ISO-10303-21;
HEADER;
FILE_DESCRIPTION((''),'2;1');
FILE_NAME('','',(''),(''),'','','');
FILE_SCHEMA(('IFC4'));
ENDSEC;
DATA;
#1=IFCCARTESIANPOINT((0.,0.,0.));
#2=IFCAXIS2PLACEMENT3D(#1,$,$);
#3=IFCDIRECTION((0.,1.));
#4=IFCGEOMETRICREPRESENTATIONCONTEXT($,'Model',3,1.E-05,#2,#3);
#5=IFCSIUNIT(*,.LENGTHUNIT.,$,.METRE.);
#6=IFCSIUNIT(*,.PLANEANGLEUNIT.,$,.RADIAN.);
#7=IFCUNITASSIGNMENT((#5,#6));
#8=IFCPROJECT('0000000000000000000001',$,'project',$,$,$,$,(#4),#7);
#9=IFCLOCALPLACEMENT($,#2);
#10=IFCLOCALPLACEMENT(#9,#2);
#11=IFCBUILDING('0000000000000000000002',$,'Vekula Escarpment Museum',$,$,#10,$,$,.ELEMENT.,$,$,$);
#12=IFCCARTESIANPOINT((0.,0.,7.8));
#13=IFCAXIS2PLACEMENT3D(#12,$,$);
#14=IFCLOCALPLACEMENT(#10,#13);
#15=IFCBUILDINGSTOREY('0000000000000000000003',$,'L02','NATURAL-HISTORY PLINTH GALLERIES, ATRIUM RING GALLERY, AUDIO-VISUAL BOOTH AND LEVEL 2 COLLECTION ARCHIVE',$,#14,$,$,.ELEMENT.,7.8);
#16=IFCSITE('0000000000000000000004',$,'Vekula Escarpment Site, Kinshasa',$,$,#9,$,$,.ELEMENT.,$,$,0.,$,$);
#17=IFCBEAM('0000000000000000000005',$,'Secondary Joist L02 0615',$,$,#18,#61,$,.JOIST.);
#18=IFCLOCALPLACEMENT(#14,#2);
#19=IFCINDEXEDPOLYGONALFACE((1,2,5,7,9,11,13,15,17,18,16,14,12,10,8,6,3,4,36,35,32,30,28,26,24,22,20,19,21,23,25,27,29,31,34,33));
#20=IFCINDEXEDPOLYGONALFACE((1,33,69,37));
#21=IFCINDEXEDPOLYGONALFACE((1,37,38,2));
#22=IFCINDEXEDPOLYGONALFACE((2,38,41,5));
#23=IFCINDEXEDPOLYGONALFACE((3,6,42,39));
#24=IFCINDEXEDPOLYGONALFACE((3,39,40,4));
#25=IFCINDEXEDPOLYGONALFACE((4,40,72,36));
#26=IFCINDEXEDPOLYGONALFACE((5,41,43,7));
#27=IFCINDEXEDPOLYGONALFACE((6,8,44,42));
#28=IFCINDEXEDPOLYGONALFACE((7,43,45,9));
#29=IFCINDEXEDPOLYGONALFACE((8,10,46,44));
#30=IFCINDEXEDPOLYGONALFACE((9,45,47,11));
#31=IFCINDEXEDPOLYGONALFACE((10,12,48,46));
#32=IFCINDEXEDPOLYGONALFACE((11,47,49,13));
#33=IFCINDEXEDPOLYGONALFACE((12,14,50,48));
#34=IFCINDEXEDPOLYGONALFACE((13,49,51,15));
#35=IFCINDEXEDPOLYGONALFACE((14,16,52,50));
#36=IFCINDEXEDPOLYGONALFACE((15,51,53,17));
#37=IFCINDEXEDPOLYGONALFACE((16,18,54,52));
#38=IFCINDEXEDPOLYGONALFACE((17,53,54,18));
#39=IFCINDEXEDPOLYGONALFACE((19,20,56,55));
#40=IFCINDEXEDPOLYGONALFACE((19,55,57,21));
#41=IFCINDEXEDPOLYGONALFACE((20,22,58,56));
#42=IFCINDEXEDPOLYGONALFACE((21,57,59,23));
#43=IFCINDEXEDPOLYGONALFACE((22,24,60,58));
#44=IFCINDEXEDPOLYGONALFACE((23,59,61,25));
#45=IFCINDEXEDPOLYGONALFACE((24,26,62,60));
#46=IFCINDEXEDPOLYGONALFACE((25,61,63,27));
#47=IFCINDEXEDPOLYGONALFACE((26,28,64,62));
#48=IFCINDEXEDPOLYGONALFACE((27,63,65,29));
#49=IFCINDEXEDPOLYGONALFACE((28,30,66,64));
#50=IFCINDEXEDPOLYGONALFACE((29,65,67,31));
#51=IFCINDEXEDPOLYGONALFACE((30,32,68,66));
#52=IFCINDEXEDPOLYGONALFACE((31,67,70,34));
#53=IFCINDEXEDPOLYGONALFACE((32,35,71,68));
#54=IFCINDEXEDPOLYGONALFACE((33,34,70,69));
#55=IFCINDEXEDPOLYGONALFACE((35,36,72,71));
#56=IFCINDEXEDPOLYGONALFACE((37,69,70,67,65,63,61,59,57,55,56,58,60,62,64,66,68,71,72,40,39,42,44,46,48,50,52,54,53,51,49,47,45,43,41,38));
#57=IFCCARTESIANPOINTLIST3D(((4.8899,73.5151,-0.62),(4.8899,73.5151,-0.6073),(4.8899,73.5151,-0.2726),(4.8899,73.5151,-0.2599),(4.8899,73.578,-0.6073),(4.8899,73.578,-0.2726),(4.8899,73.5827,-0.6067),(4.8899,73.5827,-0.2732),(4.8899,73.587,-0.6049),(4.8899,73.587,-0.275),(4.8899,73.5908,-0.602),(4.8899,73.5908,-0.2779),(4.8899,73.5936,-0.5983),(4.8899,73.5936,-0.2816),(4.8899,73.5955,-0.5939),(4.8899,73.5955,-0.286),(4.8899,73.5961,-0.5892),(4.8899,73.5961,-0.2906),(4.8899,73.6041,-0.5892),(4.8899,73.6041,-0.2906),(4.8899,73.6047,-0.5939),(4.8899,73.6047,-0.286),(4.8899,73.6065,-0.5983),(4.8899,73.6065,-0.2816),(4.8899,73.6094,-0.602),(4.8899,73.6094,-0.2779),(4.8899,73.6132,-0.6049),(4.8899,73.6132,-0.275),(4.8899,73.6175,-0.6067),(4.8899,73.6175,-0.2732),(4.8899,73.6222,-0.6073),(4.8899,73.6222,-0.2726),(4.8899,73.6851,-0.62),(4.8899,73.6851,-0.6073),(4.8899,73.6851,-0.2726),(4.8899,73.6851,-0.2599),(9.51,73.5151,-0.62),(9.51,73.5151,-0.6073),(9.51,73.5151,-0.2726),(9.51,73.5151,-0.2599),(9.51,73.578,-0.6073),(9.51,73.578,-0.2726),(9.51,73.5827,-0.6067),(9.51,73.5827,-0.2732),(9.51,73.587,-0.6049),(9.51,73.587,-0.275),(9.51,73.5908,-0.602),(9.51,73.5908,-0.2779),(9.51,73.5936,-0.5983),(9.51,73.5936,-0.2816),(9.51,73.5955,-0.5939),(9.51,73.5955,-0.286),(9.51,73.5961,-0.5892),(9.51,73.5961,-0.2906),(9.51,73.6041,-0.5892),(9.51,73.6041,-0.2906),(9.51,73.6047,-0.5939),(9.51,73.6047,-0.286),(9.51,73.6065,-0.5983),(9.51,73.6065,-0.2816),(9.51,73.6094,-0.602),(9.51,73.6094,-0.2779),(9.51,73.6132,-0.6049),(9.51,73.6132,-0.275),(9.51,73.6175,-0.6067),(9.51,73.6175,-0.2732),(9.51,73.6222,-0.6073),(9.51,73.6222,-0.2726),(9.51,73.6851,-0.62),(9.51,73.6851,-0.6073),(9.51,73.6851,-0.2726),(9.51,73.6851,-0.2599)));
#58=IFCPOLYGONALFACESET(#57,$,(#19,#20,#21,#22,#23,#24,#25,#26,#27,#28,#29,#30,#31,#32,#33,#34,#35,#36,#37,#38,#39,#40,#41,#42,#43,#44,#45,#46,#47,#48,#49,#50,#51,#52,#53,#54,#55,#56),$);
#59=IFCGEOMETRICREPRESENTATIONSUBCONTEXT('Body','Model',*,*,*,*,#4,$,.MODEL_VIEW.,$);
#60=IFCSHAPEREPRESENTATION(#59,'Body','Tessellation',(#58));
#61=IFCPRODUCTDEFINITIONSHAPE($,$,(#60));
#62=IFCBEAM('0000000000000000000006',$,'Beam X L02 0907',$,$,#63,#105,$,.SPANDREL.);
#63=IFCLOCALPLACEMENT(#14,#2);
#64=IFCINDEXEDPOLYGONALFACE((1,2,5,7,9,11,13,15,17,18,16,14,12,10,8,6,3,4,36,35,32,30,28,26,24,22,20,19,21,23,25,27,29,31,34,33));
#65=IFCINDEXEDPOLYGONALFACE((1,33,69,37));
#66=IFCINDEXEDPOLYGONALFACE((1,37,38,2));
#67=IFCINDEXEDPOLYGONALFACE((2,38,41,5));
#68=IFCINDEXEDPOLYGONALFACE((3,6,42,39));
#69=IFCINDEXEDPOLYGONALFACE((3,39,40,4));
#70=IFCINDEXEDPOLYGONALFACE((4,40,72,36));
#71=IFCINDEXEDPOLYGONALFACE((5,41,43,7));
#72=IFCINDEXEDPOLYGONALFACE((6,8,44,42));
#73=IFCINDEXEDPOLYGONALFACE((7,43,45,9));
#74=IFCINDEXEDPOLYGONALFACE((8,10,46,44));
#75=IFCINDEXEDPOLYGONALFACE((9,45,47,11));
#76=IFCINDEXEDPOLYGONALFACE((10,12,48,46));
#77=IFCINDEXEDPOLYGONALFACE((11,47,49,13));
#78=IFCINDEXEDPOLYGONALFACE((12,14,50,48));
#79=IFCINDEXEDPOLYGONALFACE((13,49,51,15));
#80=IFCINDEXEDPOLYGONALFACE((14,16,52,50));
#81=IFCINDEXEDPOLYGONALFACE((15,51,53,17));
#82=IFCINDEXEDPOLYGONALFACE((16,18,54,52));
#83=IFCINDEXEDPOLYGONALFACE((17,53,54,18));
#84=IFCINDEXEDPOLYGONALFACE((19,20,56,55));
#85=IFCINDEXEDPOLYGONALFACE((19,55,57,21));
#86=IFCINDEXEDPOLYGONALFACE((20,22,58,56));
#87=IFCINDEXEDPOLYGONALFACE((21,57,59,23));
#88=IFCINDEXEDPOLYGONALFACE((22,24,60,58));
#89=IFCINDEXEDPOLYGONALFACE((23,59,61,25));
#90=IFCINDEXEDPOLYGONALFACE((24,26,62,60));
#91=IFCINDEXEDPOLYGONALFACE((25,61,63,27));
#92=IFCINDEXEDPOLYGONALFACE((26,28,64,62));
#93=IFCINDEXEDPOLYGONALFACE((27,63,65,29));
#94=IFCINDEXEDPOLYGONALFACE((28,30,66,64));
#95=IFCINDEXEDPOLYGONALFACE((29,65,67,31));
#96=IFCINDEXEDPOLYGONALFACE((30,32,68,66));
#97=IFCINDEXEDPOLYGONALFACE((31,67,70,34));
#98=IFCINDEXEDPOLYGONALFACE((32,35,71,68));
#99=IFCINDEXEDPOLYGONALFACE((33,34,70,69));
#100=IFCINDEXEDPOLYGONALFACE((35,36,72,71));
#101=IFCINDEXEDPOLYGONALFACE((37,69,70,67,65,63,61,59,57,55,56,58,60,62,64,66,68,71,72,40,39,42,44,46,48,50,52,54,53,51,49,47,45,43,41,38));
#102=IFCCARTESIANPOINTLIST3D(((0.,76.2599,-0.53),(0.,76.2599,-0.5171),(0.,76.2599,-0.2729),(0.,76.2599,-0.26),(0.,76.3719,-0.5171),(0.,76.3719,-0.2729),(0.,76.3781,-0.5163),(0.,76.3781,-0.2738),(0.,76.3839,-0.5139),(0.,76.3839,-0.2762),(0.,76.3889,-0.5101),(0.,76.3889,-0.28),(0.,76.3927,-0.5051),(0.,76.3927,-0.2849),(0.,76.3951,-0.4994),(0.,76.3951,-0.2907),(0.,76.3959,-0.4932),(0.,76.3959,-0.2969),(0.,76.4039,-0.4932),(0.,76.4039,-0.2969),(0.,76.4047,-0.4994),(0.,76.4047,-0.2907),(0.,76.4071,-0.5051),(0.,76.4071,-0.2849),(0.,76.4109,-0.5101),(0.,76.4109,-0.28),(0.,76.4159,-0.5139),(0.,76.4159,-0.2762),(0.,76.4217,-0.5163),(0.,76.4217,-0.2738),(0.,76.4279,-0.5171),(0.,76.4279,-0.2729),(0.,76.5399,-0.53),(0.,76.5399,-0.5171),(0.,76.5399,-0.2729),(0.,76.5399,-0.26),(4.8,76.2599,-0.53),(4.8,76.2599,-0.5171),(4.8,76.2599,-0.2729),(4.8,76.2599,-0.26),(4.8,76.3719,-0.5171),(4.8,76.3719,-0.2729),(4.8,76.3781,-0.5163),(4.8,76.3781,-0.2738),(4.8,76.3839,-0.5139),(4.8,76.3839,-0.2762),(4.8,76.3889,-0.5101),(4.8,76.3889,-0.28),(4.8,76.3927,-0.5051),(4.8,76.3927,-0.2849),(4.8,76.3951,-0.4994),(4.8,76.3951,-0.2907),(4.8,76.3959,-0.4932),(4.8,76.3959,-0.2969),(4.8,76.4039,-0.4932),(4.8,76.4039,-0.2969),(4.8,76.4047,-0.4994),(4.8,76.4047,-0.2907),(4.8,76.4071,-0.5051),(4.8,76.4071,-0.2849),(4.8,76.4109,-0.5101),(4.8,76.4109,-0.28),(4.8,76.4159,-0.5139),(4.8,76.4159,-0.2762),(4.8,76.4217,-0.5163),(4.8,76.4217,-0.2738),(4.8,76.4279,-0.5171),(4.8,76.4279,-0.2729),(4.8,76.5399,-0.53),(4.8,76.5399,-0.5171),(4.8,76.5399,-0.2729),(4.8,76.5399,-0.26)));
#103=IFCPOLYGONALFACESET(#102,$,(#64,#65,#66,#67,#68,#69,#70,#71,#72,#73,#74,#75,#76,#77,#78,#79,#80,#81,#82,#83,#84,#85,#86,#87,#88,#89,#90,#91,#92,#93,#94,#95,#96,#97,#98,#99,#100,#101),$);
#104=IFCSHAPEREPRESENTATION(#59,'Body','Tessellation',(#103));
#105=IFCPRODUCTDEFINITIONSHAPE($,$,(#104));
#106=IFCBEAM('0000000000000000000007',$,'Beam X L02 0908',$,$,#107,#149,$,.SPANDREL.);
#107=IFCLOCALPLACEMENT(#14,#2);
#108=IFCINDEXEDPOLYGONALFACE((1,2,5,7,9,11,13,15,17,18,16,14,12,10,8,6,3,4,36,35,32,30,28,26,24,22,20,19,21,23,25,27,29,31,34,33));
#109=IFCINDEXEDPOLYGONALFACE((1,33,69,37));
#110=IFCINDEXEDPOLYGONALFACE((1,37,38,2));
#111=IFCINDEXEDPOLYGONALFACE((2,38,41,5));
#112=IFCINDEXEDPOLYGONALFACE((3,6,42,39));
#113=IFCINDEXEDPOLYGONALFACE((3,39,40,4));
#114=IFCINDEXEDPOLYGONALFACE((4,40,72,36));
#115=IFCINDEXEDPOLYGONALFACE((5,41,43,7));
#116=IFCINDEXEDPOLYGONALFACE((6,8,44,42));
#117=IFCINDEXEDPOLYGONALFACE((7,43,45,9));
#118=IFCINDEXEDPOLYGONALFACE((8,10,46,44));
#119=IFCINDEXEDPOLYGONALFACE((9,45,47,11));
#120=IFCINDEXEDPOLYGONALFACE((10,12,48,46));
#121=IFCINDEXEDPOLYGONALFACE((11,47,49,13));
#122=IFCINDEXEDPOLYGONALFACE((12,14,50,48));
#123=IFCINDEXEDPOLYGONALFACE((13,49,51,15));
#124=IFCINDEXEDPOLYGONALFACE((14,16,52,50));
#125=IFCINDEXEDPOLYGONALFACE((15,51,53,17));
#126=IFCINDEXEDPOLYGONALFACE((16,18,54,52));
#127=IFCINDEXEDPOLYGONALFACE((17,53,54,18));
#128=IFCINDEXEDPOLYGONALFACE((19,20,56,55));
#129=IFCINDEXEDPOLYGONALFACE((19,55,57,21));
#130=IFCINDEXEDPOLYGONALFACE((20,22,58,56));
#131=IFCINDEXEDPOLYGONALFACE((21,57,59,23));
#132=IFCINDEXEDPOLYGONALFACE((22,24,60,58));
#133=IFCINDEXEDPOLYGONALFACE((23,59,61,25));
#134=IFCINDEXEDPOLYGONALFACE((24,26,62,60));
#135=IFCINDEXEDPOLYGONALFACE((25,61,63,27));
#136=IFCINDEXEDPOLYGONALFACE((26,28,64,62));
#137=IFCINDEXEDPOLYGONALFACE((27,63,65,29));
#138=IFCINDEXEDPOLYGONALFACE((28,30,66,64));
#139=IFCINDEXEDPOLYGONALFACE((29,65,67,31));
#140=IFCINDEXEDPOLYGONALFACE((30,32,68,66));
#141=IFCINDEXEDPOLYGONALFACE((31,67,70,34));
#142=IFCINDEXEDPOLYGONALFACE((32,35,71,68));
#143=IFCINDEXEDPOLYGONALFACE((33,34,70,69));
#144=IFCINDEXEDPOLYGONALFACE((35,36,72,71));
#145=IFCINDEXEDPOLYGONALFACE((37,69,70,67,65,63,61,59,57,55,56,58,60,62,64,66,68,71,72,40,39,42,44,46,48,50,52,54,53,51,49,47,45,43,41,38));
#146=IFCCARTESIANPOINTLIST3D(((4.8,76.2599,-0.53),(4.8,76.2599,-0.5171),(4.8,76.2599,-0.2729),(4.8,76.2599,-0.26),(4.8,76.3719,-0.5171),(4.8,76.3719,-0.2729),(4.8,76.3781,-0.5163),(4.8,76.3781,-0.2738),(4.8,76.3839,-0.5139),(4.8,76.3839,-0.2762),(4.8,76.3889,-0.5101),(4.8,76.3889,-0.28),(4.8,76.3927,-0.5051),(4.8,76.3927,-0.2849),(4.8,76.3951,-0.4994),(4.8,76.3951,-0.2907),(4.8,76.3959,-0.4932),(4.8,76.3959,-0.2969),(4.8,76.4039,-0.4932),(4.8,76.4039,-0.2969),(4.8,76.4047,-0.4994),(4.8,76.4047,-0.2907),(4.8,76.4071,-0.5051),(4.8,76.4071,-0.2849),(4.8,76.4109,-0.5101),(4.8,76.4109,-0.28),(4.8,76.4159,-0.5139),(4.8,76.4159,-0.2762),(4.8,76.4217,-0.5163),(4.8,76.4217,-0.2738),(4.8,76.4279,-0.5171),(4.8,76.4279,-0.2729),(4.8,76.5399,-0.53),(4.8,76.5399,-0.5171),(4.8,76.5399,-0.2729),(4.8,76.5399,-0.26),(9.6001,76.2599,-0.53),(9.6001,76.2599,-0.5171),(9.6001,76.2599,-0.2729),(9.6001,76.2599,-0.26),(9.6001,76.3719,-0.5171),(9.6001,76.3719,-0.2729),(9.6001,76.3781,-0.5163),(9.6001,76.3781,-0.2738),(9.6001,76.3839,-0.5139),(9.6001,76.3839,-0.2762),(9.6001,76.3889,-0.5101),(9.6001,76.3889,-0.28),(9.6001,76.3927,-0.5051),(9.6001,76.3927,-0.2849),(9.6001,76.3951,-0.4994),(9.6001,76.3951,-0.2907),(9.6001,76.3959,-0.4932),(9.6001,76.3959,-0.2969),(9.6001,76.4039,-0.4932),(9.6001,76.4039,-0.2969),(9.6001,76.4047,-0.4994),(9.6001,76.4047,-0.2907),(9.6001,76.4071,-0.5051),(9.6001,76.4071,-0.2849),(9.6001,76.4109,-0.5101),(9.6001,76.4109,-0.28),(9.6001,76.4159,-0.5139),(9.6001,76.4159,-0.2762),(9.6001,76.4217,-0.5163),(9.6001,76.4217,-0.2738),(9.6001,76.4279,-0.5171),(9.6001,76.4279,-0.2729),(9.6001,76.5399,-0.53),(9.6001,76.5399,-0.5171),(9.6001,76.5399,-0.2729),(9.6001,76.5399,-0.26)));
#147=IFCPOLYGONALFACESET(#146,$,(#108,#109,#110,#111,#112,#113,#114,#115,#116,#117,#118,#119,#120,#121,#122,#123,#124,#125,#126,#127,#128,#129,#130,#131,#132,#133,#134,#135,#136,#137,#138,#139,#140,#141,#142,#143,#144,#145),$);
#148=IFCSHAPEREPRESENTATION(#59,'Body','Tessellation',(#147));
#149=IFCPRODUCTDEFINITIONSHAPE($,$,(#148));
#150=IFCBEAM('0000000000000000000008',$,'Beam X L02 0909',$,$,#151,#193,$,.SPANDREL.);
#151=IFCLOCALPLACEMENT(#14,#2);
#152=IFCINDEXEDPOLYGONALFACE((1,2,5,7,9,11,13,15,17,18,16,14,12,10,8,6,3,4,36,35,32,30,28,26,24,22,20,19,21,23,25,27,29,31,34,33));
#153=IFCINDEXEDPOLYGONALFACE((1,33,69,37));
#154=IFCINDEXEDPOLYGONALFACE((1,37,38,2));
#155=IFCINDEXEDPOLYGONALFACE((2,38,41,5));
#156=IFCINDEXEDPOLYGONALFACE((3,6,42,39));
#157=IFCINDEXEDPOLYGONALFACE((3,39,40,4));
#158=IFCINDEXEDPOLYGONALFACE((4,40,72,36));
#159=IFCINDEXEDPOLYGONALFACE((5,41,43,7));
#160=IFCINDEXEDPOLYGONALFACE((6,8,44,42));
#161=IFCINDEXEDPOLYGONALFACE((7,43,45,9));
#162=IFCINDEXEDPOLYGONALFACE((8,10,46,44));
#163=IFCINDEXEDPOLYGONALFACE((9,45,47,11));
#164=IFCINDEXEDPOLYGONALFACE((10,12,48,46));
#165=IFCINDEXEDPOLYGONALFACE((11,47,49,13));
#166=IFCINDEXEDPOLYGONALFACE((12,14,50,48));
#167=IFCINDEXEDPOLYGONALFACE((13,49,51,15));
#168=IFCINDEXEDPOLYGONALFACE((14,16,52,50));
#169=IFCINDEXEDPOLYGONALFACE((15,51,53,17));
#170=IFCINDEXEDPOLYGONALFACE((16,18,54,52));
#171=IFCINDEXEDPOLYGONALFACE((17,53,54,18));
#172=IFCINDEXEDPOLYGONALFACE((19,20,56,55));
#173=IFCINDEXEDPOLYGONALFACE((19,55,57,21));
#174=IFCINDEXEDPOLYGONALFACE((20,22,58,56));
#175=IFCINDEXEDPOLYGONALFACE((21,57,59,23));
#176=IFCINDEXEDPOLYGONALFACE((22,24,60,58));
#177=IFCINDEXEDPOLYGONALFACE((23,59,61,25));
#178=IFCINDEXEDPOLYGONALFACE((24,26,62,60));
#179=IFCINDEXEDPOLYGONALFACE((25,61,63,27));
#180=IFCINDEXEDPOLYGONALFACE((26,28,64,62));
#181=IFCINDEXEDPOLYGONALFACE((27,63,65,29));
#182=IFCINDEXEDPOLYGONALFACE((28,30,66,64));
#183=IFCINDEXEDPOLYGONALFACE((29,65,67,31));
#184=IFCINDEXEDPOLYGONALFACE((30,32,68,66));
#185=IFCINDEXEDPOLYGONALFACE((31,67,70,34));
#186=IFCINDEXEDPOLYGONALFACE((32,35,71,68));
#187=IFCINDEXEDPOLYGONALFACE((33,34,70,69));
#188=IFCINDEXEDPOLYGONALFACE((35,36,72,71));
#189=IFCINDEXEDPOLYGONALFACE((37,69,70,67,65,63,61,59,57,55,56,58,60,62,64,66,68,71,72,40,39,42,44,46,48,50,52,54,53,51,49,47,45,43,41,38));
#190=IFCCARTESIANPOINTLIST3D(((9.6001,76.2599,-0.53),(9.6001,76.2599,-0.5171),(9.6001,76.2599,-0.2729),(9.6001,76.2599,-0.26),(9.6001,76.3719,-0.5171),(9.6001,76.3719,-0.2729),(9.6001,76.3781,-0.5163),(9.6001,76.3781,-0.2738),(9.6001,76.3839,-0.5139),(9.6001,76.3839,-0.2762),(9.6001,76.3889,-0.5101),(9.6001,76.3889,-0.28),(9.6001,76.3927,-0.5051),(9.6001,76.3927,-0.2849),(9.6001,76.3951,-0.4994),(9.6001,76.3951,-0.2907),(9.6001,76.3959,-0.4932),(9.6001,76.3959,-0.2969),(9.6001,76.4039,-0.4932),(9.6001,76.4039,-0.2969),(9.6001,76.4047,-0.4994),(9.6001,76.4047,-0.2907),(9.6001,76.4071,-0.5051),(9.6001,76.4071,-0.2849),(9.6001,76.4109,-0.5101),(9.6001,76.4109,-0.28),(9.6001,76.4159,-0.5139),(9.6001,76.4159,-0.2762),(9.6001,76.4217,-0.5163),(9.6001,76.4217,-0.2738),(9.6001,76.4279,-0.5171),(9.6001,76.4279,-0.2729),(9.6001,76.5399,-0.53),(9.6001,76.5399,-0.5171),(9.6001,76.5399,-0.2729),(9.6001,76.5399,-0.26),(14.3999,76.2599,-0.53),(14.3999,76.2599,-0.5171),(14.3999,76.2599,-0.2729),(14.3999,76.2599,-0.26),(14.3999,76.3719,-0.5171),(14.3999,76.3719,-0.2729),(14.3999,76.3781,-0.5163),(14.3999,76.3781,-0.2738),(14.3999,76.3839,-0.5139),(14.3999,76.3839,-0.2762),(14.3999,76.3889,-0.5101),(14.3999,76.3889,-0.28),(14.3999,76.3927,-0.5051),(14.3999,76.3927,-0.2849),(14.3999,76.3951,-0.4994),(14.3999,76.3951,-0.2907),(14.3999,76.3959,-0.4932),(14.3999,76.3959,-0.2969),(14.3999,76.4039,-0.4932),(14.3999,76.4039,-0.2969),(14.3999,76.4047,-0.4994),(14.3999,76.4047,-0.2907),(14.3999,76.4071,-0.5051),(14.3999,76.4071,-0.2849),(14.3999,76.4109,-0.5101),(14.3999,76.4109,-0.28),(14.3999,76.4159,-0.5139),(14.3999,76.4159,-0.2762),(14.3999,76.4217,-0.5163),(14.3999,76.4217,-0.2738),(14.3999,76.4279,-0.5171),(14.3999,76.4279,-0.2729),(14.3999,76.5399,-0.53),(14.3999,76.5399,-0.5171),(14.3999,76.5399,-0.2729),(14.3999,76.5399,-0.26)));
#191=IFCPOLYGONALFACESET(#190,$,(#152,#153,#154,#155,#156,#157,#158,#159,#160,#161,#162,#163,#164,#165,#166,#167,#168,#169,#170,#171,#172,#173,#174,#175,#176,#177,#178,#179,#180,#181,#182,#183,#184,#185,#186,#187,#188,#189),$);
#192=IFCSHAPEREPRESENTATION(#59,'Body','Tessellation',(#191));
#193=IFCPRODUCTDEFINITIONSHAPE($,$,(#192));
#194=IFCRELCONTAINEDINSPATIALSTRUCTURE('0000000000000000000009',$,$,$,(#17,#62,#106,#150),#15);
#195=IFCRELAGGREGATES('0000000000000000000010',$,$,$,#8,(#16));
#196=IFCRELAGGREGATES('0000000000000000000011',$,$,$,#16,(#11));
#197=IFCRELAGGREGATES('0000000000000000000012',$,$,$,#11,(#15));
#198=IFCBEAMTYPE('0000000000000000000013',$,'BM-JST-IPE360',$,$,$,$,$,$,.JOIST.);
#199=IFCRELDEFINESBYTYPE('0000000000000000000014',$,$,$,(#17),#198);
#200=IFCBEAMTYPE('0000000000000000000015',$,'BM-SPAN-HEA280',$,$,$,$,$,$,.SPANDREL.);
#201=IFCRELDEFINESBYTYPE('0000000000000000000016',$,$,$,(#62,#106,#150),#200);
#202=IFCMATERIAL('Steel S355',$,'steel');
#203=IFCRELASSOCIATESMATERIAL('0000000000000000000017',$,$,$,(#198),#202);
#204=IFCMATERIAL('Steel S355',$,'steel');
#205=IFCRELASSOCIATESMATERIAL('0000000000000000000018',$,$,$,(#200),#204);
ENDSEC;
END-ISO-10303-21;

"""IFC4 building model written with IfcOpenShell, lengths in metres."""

from ifc_helpers import new_model, si_unit, direction, frame, origin, origin_2d, place, context, subcontext, project, spatial, i_section, extrude, material, material_profile, profile_set, type_object, element, save


model = new_model("IFC4")

# Units and contexts
model_context = context("Model", 3, precision=1e-05, world=origin(), true_north=direction((0.0, 1.0)))
body_context = subcontext(model_context, "Body", "Model", "MODEL_VIEW")
ifc_project = project(units=[si_unit("LENGTHUNIT", "METRE"), si_unit("PLANEANGLEUNIT", "RADIAN")], contexts=[model_context])

# Site, building, storey
site_placement = place(None, origin())
site = spatial("IfcSite", under=ifc_project, at=site_placement, Name="Vekula Escarpment Site, Kinshasa", CompositionType="ELEMENT", RefElevation=0.0)
building_placement = place(site_placement, origin())
building = spatial("IfcBuilding", under=site, at=building_placement, Name="Vekula Escarpment Museum", CompositionType="ELEMENT")
storey_placement = place(building_placement, frame((0.0, 0.0, 7.8)))
storey = spatial("IfcBuildingStorey", under=building, at=storey_placement, Name="L02", Description="NATURAL-HISTORY PLINTH GALLERIES, ATRIUM RING GALLERY, AUDIO-VISUAL BOOTH AND LEVEL 2 COLLECTION ARCHIVE", CompositionType="ELEMENT", Elevation=7.8)

# Beams
ifc_material_1 = material(Name="Steel S355", Category="steel")
ifc_material_profile_1 = material_profile(ifc_material_1, i_section(OverallWidth=0.1699, OverallDepth=0.3601, WebThickness=0.0081, FlangeThickness=0.0127, FilletRadius=0.0181, at=origin_2d()), Name="IPE 360")
ifc_profile_set_1 = profile_set([ifc_material_profile_1], Name="Steel S355")
beam_type_1 = type_object("IfcBeamType", Name="BM-JST-IPE360", PredefinedType="JOIST", material=ifc_profile_set_1)
beam_1_placement = place(storey_placement, frame((4.8899, 73.6001, -0.4399), z_axis=(1.0, 0.0, 0.0), x_axis=(0.0, 1.0, 0.0)))
element("IfcBeam", 1, at=beam_1_placement, inside=storey, type_object=beam_type_1, Name="Secondary Joist L02 0615", PredefinedType="JOIST", context=body_context, shape_type="SweptSolid", body=[
    extrude(i_section(OverallWidth=0.1699, OverallDepth=0.3601, WebThickness=0.0081, FlangeThickness=0.0127, FilletRadius=0.0181, at=origin_2d()), origin(), (0.0, 0.0, 1.0), 4.6201),
])
ifc_material_2 = material(Name="Steel S355", Category="steel")
ifc_material_profile_2 = material_profile(ifc_material_2, i_section(OverallWidth=0.28, OverallDepth=0.27, WebThickness=0.0081, FlangeThickness=0.0129, FilletRadius=0.0239, at=origin_2d()), Name="HEA 280")
ifc_profile_set_2 = profile_set([ifc_material_profile_2], Name="Steel S355")
beam_type_2 = type_object("IfcBeamType", Name="BM-SPAN-HEA280", PredefinedType="SPANDREL", material=ifc_profile_set_2)
for number, where, z_axis, x_axis, name in (
    (2, (0.0, 76.3999, -0.395), (1.0, 0.0, 0.0), (0.0, 1.0, 0.0), "Beam X L02 0907"),
    (3, (4.8, 76.3999, -0.395), (1.0, 0.0, 0.0), (0.0, 1.0, 0.0), "Beam X L02 0908"),
):
    element("IfcBeam", number, at=place(storey_placement, frame(where, z_axis=z_axis, x_axis=x_axis)), inside=storey, type_object=beam_type_2, Name=name, PredefinedType="SPANDREL", context=body_context, shape_type="SweptSolid", body=[
        extrude(i_section(OverallWidth=0.28, OverallDepth=0.27, WebThickness=0.0081, FlangeThickness=0.0129, FilletRadius=0.0239, at=origin_2d()), origin(), (0.0, 0.0, 1.0), 4.8),
    ])
beam_2_placement = place(storey_placement, frame((9.6001, 76.3999, -0.395), z_axis=(1.0, 0.0, 0.0), x_axis=(0.0, 1.0, 0.0)))
element("IfcBeam", 4, at=beam_2_placement, inside=storey, type_object=beam_type_2, Name="Beam X L02 0909", PredefinedType="SPANDREL", context=body_context, shape_type="SweptSolid", body=[
    extrude(i_section(OverallWidth=0.28, OverallDepth=0.27, WebThickness=0.0081, FlangeThickness=0.0129, FilletRadius=0.0239, at=origin_2d()), origin(), (0.0, 0.0, 1.0), 4.7998),
])

save(model, "model.ifc")
